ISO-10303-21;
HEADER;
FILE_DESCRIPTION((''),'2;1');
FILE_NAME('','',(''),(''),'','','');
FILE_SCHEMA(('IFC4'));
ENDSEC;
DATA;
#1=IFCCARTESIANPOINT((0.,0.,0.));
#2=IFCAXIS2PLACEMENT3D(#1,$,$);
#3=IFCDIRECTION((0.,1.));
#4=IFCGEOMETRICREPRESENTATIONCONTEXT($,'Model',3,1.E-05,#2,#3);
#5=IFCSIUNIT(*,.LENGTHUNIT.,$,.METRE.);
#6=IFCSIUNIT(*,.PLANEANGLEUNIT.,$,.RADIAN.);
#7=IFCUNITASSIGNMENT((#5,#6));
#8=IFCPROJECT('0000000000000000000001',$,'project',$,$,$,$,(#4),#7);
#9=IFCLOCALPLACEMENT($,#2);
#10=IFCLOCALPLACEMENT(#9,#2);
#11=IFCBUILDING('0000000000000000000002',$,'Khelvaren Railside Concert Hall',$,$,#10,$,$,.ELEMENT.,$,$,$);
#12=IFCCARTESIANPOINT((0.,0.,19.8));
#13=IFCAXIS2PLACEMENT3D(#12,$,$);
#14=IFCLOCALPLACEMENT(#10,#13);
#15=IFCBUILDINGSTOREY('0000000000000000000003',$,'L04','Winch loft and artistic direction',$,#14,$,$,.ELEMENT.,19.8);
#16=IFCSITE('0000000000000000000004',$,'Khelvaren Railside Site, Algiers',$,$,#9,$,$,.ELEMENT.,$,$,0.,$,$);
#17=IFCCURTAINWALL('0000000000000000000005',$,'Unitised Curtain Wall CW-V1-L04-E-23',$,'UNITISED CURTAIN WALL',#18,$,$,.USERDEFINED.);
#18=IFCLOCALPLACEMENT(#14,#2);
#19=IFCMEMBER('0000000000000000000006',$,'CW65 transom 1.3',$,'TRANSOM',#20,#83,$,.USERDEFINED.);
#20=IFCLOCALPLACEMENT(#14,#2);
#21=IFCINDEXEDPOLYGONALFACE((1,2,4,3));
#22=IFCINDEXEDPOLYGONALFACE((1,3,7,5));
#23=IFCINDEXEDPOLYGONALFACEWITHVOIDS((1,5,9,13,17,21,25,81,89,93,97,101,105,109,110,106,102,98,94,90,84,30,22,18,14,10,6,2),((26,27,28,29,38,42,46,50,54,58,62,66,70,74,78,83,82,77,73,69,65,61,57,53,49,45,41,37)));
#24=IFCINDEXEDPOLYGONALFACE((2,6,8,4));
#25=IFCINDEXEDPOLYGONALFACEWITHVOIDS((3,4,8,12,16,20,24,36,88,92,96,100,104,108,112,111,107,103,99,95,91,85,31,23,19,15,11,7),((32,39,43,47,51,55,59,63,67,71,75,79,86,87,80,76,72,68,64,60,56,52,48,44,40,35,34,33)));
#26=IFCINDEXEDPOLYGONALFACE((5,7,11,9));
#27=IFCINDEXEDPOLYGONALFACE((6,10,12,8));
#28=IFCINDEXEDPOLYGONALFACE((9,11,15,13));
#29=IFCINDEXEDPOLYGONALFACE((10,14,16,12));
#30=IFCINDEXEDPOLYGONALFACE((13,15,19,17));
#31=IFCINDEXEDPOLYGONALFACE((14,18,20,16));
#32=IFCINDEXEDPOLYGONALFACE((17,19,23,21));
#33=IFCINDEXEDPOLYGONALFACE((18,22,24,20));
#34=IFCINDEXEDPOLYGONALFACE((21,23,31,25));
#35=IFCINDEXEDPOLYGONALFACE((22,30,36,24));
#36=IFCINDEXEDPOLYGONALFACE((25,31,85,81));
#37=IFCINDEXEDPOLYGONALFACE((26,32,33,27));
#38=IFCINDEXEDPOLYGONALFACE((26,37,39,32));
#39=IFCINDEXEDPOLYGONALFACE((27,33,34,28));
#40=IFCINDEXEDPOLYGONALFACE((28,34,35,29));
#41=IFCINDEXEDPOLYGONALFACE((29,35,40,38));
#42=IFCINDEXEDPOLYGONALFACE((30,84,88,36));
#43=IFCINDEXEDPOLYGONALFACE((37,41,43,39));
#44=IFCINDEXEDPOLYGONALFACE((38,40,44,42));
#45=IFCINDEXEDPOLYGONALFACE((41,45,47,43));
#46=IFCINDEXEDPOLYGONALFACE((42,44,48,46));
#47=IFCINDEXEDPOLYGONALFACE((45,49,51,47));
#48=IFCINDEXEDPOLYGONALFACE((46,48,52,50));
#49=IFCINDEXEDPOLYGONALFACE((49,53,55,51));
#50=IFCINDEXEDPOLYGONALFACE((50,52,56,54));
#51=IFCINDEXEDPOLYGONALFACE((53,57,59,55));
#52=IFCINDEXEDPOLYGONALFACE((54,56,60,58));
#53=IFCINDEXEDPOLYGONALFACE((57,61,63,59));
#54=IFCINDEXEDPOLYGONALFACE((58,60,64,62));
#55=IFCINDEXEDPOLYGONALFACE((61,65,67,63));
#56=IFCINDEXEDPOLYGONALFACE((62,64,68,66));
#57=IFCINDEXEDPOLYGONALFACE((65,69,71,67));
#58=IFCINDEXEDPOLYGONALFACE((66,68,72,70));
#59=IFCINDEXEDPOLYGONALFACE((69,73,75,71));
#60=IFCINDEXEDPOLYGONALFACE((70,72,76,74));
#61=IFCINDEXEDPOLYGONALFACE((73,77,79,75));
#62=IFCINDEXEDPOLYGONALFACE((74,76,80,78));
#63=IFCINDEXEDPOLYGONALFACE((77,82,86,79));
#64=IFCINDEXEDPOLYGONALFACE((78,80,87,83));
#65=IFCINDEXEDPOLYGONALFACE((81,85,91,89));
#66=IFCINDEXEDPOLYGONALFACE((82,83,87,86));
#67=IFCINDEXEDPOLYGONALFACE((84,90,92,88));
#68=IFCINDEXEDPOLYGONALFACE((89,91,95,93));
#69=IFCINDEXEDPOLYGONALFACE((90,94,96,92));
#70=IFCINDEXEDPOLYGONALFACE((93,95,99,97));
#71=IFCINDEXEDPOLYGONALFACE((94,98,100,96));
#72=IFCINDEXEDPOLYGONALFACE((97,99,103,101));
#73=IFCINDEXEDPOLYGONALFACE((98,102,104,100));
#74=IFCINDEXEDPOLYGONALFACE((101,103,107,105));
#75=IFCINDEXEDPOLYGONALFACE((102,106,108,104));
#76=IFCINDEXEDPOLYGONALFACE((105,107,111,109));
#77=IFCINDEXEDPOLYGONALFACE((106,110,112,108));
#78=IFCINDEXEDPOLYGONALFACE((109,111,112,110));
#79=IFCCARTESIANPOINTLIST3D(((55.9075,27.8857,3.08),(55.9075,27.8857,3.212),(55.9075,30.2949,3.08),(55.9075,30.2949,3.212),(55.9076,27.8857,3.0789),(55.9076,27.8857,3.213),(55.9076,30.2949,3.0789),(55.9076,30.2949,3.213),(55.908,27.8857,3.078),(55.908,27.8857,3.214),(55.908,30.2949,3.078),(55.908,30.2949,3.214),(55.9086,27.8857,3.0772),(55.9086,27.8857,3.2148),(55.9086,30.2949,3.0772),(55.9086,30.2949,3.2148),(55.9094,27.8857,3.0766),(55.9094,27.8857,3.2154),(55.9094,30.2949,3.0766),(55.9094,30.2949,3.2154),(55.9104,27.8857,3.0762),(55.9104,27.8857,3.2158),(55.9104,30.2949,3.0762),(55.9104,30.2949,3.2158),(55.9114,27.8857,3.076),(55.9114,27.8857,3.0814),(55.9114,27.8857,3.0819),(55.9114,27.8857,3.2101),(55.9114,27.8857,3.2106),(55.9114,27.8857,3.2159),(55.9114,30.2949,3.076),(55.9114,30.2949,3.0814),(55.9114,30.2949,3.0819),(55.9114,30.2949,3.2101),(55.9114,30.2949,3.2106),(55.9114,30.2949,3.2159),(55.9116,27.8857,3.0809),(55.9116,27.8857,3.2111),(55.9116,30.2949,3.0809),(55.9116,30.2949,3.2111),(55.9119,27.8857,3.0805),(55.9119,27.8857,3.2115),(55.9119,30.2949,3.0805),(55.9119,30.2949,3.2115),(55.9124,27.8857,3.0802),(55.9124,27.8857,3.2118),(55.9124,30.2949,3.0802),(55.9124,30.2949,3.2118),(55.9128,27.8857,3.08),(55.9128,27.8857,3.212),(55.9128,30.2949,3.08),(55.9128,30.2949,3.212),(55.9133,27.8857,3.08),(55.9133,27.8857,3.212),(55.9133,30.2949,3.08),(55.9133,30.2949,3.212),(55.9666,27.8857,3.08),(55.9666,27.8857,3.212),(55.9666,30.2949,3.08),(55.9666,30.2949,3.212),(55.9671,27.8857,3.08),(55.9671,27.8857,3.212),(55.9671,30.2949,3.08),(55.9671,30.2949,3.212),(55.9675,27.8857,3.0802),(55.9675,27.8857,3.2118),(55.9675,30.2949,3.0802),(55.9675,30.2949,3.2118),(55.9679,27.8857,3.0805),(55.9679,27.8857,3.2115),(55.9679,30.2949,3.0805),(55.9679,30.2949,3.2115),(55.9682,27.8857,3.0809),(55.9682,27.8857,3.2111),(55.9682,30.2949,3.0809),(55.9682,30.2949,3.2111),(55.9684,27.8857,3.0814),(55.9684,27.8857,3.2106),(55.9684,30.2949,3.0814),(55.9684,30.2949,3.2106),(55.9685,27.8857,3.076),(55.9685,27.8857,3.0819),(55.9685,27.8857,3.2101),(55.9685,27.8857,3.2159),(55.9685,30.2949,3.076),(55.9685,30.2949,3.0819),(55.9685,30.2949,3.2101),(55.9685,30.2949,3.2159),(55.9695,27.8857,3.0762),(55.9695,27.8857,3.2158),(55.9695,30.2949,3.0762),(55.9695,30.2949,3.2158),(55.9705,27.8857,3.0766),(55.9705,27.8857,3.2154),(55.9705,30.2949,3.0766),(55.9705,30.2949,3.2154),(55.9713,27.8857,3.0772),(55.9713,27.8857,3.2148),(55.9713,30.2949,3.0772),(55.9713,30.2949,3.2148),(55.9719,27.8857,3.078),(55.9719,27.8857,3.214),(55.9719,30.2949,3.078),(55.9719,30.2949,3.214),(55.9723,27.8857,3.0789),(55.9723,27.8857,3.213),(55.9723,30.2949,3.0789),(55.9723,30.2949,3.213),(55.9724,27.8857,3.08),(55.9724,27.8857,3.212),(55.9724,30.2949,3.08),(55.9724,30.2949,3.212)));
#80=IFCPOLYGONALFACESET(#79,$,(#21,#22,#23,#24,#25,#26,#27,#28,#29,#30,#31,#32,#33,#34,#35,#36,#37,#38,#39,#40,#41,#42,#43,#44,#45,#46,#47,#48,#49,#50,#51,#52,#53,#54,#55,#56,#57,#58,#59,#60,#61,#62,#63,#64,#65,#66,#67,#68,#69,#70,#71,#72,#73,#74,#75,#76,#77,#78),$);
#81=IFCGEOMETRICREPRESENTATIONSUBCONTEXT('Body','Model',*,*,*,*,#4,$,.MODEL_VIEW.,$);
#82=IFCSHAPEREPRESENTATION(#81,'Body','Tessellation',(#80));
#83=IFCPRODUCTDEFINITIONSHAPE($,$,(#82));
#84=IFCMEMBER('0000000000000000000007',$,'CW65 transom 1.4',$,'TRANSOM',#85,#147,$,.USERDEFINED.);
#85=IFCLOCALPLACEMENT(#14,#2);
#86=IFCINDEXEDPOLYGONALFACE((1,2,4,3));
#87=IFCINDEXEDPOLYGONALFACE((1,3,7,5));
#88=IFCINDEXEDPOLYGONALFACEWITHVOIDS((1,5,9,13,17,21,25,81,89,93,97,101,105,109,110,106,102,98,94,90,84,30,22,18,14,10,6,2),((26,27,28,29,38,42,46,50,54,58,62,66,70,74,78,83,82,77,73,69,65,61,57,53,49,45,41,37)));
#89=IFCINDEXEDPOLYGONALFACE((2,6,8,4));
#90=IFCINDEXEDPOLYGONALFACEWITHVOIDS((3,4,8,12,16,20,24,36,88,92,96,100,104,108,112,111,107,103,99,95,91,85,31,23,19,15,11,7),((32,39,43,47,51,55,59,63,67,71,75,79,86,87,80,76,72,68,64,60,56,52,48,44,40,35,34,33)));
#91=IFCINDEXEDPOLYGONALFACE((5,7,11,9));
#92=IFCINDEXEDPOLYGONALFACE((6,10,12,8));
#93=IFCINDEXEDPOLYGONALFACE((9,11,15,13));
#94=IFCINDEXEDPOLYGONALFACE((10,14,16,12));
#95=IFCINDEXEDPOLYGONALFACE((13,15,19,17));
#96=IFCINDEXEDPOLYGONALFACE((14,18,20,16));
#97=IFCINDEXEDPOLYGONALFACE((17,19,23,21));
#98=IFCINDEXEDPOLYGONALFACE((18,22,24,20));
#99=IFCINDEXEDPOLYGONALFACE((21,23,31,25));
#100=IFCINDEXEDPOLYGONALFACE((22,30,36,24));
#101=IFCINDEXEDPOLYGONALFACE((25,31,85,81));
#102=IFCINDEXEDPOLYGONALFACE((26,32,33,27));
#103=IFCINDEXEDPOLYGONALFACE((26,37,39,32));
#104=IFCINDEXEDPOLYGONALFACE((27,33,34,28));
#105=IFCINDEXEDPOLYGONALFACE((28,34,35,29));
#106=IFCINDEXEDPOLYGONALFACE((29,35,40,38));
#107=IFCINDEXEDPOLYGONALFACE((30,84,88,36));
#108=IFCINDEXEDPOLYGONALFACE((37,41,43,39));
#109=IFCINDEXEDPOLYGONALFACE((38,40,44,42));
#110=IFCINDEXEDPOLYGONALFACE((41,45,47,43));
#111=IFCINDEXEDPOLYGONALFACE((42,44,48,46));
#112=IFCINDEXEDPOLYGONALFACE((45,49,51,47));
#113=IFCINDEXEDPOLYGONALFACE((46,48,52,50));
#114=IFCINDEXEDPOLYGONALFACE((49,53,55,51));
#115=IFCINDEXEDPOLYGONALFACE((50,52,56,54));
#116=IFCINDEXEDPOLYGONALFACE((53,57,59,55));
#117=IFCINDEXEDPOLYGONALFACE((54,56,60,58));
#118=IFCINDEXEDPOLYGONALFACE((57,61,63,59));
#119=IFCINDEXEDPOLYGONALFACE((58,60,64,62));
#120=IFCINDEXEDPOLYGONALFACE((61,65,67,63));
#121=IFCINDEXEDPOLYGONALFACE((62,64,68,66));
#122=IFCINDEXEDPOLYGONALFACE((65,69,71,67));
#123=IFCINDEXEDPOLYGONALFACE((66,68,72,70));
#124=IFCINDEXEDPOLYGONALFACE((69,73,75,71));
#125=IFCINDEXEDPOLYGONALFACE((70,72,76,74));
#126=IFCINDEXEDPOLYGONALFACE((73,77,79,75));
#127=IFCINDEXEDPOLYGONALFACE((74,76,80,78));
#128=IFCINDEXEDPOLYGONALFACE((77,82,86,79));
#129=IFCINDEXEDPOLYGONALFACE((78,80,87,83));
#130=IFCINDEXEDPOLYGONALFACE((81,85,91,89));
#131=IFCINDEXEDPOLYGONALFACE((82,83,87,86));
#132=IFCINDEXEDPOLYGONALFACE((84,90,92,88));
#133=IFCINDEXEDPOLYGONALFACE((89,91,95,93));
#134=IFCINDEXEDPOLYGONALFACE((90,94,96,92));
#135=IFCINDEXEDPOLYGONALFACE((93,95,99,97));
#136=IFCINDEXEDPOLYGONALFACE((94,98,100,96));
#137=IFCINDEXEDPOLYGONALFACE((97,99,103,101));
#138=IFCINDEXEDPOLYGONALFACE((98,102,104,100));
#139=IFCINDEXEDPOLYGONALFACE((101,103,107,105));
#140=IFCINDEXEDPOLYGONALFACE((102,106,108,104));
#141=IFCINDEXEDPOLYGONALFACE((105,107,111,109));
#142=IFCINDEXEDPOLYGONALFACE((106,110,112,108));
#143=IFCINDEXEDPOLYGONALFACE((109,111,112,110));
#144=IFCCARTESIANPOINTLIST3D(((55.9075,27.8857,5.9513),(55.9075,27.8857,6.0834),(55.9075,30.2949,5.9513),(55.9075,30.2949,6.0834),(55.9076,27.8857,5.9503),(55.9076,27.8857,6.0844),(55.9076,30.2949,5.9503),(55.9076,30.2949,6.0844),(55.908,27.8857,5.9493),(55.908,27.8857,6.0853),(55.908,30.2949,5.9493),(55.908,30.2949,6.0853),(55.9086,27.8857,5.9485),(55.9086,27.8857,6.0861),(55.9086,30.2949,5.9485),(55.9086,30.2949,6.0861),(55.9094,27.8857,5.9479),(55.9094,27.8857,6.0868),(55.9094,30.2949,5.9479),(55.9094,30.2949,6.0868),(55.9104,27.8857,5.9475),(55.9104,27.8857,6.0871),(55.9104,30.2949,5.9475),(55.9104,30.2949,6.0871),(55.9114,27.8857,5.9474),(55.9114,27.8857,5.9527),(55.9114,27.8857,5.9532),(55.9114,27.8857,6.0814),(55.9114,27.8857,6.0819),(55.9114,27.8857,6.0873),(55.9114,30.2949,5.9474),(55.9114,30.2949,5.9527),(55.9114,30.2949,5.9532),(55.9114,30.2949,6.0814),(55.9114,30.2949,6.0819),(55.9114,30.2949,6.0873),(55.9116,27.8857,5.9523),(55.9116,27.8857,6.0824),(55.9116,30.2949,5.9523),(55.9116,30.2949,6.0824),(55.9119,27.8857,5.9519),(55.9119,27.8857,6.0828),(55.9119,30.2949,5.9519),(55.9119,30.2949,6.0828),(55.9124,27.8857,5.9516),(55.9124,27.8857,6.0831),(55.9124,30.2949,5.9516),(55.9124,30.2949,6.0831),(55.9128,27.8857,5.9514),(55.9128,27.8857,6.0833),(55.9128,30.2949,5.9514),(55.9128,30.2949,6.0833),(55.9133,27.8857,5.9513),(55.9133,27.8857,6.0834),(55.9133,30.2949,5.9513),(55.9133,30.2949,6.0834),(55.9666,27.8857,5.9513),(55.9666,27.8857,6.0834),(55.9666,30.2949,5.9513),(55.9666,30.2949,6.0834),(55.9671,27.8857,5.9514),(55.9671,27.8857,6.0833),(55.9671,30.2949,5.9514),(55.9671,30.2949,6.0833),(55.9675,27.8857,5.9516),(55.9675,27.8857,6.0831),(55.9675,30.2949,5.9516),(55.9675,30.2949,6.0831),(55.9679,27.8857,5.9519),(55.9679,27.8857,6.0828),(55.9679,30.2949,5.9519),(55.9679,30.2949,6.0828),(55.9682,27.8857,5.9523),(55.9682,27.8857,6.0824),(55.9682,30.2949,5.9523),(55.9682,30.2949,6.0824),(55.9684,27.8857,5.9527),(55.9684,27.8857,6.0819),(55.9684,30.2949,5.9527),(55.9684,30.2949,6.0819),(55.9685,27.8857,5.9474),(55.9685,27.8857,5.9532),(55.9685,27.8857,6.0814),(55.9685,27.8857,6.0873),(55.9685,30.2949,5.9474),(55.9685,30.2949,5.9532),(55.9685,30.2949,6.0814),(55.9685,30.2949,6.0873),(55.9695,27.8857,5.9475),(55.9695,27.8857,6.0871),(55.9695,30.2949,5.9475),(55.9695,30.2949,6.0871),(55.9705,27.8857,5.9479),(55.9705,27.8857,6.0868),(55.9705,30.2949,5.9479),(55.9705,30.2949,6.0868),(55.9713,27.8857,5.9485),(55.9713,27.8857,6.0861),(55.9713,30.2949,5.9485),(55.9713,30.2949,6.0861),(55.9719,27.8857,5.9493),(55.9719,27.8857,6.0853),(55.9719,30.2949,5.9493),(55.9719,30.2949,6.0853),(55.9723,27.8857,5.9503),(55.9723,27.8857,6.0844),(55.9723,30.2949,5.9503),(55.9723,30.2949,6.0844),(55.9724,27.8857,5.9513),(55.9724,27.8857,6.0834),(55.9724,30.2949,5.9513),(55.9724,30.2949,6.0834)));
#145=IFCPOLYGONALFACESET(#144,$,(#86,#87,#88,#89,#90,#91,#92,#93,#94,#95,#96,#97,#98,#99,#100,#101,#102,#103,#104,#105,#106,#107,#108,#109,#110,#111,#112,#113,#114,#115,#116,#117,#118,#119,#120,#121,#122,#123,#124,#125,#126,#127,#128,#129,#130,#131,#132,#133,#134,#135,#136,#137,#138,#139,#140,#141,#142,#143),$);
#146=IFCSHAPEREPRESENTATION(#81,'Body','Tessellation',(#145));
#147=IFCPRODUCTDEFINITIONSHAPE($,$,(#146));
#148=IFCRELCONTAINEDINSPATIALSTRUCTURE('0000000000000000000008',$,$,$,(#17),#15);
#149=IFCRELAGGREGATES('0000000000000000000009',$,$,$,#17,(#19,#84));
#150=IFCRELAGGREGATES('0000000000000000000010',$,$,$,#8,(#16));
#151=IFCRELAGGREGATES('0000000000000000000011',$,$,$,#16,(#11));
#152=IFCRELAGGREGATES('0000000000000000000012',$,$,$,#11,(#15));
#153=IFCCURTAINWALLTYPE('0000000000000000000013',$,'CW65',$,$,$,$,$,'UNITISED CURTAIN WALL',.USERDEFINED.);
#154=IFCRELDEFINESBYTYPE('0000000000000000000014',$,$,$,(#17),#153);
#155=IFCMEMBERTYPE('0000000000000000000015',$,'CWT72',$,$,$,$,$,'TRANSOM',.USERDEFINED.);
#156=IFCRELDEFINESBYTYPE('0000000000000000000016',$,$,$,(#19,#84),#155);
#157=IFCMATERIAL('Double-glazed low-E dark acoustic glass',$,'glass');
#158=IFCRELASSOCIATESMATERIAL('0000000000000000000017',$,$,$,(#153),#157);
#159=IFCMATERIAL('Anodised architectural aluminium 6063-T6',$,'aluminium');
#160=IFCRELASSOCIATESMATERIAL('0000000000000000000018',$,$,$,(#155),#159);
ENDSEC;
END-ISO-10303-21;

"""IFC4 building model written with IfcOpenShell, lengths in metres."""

from ifc_helpers import new_model, si_unit, direction, frame, origin, origin_2d, place, context, subcontext, project, spatial, hollow_rectangle, extrude, material, material_profile, profile_set, type_object, element, aggregate, save


model = new_model("IFC4")

# Units and contexts
model_context = context("Model", 3, precision=1e-05, world=origin(), true_north=direction((0.0, 1.0)))
body_context = subcontext(model_context, "Body", "Model", "MODEL_VIEW")
ifc_project = project(units=[si_unit("LENGTHUNIT", "METRE"), si_unit("PLANEANGLEUNIT", "RADIAN")], contexts=[model_context])

# Site, building, storey
site_placement = place(None, origin())
site = spatial("IfcSite", under=ifc_project, at=site_placement, Name="Khelvaren Railside Site, Algiers", CompositionType="ELEMENT", RefElevation=0.0)
building_placement = place(site_placement, origin())
building = spatial("IfcBuilding", under=site, at=building_placement, Name="Khelvaren Railside Concert Hall", CompositionType="ELEMENT")
storey_placement = place(building_placement, frame((0.0, 0.0, 19.8)))
storey = spatial("IfcBuildingStorey", under=building, at=storey_placement, Name="L04", Description="Winch loft and artistic direction", CompositionType="ELEMENT", Elevation=19.8)

# Shared definitions
ifc_material_1 = material(Name="Anodised architectural aluminium 6063-T6", Category="aluminium")
ifc_material_2 = material(Name="Double-glazed low-E dark acoustic glass", Category="glass")

# Curtain wall
curtain_wall_type_1 = type_object("IfcCurtainWallType", Name="CW65", ElementType="UNITISED CURTAIN WALL", PredefinedType="USERDEFINED", material=ifc_material_2)
curtain_wall_1_placement = place(storey_placement, origin())
curtain_wall_1 = element("IfcCurtainWall", 1, at=curtain_wall_1_placement, inside=storey, type_object=curtain_wall_type_1, Name="Unitised Curtain Wall CW-V1-L04-E-23", ObjectType="UNITISED CURTAIN WALL", PredefinedType="USERDEFINED")

# Members
ifc_material_profile_1 = material_profile(ifc_material_1, hollow_rectangle(XDim=0.0649, YDim=0.1399, WallThickness=0.0039, InnerFilletRadius=0.002, OuterFilletRadius=0.0039, at=origin_2d()), Name="CWT 65x140x4")
ifc_profile_set_1 = profile_set([ifc_material_profile_1], Name="Anodised architectural aluminium 6063-T6")
member_type_1 = type_object("IfcMemberType", Name="CWT72", ElementType="TRANSOM", PredefinedType="USERDEFINED", material=ifc_profile_set_1)
member_1_placement = place(storey_placement, frame((55.9399, 30.2949, 3.146), z_axis=(0.0, -1.0, 0.0), x_axis=(1.0, 0.0, 0.0)))
member_1 = element("IfcMember", 2, at=member_1_placement, type_object=member_type_1, Name="CW65 transom 1.3", ObjectType="TRANSOM", PredefinedType="USERDEFINED", context=body_context, shape_type="SweptSolid", body=[
    extrude(hollow_rectangle(XDim=0.0649, YDim=0.1399, WallThickness=0.0039, InnerFilletRadius=0.002, OuterFilletRadius=0.0039, at=origin_2d()), origin(), (0.0, 0.0, 1.0), 2.4092),
])
member_2_placement = place(storey_placement, frame((55.9399, 30.2949, 6.0173), z_axis=(0.0, -1.0, 0.0), x_axis=(1.0, 0.0, 0.0)))
member_2 = element("IfcMember", 3, at=member_2_placement, type_object=member_type_1, Name="CW65 transom 1.4", ObjectType="TRANSOM", PredefinedType="USERDEFINED", context=body_context, shape_type="SweptSolid", body=[
    extrude(hollow_rectangle(XDim=0.0649, YDim=0.1399, WallThickness=0.0039, InnerFilletRadius=0.002, OuterFilletRadius=0.0039, at=origin_2d()), origin(), (0.0, 0.0, 1.0), 2.4092),
])

aggregate(curtain_wall_1, [member_1, member_2])

save(model, "model.ifc")
